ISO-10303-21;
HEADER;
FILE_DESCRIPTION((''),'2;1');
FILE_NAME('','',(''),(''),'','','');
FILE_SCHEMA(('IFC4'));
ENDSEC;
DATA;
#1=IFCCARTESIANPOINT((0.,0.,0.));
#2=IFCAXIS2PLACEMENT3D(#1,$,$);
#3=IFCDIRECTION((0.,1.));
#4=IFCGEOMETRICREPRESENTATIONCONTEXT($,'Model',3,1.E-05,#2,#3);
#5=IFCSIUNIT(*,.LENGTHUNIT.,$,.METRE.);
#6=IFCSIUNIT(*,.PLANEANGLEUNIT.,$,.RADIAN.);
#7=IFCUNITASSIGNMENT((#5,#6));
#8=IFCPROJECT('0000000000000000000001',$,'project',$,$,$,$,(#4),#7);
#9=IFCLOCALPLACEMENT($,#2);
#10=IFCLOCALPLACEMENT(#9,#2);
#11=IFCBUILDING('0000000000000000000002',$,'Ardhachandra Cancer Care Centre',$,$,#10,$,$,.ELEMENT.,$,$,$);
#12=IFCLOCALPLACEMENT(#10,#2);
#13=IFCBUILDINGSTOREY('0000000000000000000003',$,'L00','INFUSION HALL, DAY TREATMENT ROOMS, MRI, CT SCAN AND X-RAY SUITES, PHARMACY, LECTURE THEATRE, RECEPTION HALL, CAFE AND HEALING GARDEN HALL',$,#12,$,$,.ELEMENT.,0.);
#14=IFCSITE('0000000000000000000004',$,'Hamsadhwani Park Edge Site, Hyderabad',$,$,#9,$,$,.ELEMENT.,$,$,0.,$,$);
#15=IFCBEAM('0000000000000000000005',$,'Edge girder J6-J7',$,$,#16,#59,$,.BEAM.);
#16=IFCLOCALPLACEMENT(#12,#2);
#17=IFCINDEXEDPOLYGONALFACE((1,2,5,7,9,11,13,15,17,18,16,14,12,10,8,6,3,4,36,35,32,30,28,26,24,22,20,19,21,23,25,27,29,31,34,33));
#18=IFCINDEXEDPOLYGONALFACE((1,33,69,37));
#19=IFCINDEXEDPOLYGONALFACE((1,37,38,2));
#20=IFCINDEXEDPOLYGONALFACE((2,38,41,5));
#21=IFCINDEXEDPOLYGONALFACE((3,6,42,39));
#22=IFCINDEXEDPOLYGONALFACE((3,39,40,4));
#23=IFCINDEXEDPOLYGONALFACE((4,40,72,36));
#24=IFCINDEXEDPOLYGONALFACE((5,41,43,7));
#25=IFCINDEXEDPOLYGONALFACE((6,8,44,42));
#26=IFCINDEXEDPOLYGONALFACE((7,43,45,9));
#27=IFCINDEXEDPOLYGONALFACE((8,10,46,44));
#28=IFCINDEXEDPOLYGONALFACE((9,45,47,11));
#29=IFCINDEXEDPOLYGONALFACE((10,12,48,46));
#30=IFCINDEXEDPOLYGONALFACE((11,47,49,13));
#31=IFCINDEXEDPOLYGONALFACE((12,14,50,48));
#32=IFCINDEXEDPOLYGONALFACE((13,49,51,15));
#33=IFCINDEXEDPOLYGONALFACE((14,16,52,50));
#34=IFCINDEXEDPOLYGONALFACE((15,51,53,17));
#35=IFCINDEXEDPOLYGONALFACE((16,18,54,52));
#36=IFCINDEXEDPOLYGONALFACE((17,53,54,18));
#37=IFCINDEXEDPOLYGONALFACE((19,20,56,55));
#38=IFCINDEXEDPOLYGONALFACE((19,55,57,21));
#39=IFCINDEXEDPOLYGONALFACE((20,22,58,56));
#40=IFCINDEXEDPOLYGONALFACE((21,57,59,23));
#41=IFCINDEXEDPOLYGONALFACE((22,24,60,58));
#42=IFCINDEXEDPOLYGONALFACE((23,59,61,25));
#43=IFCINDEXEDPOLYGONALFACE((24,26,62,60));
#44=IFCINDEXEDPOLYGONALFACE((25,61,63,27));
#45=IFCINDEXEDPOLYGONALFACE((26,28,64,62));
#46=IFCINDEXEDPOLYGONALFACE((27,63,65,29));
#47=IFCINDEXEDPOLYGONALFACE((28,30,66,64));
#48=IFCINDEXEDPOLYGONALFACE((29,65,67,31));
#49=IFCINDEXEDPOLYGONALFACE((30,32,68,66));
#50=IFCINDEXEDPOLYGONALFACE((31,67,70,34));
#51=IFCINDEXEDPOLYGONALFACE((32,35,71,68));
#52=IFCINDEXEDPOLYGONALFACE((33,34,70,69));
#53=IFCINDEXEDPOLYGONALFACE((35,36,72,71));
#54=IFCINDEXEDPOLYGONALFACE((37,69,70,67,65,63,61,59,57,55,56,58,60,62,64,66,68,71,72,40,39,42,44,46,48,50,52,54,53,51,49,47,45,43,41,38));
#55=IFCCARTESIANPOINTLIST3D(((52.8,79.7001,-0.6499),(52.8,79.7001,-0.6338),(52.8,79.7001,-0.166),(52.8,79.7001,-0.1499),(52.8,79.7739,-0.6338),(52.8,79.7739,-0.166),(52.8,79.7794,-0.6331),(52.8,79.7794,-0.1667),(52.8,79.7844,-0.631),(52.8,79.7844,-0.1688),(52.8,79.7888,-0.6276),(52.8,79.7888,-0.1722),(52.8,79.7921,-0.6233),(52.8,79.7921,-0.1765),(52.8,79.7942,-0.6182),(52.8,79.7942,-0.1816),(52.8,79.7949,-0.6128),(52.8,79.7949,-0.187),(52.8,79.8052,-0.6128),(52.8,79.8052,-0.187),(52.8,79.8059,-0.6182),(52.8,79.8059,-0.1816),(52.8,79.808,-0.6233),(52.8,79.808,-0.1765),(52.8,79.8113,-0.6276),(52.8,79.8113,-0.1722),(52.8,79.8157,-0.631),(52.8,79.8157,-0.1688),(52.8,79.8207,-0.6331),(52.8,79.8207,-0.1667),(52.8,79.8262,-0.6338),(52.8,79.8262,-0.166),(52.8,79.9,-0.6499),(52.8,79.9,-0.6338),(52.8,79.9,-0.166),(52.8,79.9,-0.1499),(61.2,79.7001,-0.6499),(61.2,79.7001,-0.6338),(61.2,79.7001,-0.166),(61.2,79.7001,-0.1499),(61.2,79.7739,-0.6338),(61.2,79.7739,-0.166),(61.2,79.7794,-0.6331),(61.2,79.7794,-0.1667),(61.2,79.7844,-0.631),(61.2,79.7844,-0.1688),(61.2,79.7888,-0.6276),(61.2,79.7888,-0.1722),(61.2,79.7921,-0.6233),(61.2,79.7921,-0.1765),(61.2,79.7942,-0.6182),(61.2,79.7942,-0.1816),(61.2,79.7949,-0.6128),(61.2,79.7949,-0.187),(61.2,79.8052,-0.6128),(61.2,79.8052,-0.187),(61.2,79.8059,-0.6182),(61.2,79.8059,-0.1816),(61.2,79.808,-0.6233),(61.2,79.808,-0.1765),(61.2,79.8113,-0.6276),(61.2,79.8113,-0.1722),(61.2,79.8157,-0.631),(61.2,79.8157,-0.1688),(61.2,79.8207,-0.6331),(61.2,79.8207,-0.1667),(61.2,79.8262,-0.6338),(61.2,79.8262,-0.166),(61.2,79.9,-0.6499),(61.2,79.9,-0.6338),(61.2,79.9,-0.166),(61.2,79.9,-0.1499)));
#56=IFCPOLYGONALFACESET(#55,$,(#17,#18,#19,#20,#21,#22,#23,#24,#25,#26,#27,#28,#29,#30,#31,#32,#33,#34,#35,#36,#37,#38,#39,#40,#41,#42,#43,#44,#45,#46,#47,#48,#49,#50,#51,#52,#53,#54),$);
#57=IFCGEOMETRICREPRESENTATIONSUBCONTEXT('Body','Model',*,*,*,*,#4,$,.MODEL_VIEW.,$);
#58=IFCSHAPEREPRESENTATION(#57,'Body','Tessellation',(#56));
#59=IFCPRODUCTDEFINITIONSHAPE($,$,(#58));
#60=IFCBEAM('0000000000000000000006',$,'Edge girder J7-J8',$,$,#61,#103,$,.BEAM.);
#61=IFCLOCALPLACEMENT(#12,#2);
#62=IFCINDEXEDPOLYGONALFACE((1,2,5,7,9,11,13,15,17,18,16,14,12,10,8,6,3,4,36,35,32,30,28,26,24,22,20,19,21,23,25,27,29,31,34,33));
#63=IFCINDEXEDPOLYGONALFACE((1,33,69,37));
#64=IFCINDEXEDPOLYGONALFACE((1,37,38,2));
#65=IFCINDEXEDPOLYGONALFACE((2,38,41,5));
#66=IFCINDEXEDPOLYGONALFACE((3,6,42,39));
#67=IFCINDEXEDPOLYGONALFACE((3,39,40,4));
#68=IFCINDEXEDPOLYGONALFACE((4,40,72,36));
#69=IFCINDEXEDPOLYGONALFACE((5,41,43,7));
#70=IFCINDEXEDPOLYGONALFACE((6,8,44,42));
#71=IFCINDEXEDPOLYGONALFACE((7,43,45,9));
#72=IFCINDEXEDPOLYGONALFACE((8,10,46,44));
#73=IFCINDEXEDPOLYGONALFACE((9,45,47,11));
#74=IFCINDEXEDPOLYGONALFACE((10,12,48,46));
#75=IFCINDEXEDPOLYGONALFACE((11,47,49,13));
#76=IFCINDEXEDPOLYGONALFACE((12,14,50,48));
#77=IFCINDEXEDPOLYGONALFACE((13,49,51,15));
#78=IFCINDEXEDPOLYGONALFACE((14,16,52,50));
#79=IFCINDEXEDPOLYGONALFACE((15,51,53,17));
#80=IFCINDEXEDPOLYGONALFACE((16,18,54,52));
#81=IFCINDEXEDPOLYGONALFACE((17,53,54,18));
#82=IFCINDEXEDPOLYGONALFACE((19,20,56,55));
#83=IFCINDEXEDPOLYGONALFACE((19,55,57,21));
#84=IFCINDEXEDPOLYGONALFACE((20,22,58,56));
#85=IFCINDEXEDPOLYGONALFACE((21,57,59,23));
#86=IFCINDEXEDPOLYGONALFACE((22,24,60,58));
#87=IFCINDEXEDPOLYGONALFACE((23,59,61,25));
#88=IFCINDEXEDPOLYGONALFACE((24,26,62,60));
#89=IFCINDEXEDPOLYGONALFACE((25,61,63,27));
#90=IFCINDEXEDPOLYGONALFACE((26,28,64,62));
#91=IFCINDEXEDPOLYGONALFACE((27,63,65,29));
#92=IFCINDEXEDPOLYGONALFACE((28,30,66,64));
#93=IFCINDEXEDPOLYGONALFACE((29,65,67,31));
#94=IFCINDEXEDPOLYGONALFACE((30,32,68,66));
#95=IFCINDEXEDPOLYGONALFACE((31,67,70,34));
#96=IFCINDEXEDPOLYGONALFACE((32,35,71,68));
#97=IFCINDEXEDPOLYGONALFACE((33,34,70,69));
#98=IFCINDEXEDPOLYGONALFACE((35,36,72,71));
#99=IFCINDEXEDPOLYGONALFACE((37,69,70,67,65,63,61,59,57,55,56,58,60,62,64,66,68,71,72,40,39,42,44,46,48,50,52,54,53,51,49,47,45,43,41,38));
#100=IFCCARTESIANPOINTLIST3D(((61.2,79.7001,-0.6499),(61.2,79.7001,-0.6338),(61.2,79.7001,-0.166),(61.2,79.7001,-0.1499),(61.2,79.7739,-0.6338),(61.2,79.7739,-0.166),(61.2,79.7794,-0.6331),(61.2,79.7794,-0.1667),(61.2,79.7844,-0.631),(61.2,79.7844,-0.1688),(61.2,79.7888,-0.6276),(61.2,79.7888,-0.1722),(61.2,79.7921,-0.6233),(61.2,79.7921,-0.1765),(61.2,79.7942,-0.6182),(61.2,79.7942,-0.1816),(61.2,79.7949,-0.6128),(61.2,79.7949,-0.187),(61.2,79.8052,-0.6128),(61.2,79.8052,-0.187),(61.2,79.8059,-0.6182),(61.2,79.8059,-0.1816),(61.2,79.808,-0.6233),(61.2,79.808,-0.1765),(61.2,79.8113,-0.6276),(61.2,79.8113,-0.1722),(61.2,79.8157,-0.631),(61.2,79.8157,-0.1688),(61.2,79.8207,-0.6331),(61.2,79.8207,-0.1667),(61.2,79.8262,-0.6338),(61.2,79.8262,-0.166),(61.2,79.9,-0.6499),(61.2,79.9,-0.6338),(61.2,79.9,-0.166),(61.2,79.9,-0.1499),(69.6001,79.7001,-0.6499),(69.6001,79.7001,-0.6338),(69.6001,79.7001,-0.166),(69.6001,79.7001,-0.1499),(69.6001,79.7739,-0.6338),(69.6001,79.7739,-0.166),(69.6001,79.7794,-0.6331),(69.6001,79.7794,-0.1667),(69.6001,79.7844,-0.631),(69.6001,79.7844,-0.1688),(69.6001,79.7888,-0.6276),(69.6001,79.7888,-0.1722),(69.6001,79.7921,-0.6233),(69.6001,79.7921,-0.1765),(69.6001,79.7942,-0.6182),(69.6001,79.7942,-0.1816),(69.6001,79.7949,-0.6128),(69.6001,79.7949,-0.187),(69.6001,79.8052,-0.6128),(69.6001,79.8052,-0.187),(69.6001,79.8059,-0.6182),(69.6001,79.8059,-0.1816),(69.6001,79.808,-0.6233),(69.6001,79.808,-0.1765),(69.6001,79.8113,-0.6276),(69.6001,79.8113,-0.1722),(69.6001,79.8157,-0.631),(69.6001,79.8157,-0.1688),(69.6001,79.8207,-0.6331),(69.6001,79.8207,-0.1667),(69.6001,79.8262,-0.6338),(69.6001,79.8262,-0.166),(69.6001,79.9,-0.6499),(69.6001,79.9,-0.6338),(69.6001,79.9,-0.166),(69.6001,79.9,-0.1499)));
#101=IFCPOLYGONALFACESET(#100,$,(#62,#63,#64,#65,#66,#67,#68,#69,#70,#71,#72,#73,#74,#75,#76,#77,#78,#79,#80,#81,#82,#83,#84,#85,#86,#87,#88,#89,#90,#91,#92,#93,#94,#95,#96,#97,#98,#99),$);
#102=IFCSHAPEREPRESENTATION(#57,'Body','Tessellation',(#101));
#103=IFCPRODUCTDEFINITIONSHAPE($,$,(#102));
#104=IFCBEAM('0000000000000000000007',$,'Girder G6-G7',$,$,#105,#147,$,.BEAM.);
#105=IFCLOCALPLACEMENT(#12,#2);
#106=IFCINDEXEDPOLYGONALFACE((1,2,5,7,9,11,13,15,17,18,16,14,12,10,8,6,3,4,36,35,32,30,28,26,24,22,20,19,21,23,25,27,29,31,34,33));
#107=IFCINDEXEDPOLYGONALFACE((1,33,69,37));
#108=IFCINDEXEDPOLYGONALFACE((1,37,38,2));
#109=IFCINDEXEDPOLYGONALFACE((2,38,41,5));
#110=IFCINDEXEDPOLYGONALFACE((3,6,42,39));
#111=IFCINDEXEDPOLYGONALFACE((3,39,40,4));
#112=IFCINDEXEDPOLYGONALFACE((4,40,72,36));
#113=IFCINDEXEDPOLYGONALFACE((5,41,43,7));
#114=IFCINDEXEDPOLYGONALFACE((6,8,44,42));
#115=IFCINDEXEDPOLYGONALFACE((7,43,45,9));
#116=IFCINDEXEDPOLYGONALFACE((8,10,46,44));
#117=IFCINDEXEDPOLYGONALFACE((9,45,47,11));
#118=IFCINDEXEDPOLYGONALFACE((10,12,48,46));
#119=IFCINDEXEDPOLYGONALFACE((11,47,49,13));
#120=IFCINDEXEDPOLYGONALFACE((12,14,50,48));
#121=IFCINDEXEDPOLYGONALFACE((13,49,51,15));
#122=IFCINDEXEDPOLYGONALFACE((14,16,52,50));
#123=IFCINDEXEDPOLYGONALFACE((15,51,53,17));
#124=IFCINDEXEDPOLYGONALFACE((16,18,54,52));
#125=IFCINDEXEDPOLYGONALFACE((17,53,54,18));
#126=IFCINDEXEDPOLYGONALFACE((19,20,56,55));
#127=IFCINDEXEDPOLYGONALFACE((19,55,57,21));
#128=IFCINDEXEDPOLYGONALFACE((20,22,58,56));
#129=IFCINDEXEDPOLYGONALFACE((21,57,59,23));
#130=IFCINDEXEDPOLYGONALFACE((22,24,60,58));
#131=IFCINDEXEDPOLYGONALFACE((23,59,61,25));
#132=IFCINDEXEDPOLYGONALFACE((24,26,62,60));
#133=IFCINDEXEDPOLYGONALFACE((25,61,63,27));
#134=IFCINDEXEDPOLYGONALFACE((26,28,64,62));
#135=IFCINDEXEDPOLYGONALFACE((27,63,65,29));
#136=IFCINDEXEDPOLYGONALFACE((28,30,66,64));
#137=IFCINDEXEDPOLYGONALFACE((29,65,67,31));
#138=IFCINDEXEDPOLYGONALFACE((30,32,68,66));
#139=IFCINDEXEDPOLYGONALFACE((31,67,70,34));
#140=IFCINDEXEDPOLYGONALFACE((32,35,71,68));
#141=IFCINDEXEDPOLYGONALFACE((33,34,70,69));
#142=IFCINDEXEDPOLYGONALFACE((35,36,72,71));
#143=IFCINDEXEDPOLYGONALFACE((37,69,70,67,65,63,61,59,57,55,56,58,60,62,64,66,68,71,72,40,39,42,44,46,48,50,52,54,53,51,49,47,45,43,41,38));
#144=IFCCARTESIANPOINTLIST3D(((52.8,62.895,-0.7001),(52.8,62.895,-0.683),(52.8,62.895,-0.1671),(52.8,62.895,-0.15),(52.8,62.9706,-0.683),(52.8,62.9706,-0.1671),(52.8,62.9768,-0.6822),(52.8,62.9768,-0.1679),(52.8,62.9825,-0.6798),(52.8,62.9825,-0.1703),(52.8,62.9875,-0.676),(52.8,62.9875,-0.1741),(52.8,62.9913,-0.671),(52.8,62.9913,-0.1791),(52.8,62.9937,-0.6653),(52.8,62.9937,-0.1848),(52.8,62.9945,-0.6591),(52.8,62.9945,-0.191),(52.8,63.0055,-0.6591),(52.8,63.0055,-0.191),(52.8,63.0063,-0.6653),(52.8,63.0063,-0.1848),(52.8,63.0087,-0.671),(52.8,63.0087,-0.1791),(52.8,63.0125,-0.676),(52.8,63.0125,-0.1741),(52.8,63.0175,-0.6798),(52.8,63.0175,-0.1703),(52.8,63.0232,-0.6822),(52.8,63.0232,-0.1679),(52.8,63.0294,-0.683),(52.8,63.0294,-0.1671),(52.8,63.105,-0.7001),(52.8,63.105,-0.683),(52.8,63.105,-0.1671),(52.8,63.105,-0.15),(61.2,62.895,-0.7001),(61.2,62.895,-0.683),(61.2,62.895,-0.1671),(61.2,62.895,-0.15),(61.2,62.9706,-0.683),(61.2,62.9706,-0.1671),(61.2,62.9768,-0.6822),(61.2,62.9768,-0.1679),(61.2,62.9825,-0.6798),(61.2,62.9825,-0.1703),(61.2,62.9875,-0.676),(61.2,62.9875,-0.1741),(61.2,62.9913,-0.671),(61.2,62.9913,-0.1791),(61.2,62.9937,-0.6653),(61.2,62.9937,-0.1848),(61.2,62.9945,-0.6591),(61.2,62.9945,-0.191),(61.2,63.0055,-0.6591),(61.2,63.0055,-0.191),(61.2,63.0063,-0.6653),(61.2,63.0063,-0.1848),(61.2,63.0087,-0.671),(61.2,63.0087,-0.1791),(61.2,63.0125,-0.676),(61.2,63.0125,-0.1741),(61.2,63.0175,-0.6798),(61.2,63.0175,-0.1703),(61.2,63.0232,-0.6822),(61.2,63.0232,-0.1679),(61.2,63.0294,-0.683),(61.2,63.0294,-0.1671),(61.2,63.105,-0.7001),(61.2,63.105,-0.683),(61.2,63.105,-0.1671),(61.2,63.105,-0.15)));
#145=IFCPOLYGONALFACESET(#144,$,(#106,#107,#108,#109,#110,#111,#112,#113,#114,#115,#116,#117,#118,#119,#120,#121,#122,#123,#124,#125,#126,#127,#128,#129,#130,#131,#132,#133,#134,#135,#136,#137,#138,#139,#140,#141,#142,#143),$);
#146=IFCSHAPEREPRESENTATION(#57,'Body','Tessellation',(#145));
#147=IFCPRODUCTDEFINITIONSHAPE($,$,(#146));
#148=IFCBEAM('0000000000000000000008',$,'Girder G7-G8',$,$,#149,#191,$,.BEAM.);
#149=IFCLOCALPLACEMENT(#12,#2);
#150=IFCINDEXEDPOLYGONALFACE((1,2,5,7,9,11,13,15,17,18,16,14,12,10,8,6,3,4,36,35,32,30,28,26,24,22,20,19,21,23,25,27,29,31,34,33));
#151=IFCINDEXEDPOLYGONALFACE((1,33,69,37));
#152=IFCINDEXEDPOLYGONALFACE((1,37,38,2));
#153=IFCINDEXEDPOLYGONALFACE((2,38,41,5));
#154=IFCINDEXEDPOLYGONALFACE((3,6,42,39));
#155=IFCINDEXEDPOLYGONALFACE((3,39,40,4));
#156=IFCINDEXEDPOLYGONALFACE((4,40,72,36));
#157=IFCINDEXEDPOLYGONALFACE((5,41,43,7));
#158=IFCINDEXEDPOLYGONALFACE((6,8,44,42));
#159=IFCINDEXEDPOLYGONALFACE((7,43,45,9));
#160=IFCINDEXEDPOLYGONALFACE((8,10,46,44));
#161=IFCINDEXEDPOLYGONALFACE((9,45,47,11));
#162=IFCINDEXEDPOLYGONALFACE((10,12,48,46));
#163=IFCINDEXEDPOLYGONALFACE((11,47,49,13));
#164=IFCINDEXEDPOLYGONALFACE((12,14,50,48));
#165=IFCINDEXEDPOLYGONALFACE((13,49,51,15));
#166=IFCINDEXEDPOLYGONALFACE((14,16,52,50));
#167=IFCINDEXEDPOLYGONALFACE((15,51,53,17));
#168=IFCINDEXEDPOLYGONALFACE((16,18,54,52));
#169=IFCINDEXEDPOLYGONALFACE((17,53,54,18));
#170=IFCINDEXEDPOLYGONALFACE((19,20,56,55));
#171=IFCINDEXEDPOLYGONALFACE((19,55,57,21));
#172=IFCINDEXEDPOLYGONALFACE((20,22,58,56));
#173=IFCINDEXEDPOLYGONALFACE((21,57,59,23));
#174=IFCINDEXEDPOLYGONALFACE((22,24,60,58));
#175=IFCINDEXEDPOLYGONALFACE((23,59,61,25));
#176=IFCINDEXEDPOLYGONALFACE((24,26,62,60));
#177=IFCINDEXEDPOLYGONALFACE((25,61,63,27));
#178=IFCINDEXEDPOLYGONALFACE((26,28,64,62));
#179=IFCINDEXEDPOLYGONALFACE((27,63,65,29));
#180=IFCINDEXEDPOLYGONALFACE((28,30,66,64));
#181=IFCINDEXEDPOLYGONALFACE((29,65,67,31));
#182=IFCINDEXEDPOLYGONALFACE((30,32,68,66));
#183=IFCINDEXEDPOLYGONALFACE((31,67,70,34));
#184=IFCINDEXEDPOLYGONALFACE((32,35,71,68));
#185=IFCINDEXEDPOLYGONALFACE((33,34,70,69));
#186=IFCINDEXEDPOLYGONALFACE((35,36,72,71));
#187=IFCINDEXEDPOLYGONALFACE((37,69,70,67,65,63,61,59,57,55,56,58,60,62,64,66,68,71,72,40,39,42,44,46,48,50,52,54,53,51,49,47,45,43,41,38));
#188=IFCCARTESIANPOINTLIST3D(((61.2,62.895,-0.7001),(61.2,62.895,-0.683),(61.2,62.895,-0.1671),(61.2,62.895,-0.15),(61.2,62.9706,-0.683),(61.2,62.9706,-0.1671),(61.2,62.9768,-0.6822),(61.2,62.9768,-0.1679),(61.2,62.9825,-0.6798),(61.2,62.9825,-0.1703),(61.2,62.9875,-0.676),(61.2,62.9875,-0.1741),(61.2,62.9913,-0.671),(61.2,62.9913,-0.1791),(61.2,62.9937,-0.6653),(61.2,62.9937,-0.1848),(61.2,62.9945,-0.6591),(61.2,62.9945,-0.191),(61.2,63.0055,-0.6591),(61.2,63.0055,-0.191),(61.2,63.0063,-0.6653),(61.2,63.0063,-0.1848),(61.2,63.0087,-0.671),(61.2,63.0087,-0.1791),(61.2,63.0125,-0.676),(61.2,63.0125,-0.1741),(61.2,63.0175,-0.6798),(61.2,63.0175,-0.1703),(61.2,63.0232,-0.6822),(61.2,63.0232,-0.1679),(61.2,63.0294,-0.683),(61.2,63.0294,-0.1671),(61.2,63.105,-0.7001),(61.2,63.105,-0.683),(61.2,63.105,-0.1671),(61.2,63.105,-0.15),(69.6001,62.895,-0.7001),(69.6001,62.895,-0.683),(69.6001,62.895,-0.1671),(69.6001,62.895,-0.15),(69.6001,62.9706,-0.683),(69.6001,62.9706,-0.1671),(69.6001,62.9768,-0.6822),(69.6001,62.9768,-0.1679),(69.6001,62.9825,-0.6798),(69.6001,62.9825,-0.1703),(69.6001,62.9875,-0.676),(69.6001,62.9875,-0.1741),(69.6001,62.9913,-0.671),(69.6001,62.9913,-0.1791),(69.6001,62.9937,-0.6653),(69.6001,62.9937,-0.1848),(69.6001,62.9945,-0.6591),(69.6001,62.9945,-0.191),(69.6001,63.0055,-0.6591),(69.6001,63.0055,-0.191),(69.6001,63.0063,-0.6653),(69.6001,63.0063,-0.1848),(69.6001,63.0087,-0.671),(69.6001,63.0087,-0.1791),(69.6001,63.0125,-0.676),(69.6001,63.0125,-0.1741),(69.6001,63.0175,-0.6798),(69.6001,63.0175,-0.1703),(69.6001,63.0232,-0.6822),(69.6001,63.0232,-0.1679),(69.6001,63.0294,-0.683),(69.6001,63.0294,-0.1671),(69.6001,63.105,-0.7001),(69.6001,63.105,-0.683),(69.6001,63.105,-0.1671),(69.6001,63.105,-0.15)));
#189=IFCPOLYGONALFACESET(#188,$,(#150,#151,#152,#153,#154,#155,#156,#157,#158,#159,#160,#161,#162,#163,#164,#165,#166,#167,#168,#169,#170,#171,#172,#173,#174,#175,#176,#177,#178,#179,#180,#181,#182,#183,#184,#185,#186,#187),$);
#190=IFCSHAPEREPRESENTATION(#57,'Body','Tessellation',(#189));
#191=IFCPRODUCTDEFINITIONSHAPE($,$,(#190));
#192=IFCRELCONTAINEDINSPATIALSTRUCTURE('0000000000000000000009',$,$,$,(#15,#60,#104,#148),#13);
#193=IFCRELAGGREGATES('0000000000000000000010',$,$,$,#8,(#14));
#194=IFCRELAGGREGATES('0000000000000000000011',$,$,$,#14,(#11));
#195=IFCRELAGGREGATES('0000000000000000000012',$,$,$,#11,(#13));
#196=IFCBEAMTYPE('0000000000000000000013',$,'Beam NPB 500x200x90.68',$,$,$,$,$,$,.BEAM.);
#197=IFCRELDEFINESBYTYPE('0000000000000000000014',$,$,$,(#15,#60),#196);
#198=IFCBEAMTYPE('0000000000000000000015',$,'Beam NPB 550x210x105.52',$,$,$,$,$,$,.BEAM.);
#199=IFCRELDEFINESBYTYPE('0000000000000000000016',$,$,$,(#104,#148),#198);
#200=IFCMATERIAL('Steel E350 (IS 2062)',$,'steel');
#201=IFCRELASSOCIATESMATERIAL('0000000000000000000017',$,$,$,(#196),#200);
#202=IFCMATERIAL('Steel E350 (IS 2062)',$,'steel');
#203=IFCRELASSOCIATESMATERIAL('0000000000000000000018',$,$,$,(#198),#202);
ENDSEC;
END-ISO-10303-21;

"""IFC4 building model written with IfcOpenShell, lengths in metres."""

from ifc_helpers import new_model, si_unit, direction, frame, origin, origin_2d, place, context, subcontext, project, spatial, i_section, extrude, material, material_profile, profile_set, type_object, element, save


model = new_model("IFC4")

# Units and contexts
model_context = context("Model", 3, precision=1e-05, world=origin(), true_north=direction((0.0, 1.0)))
body_context = subcontext(model_context, "Body", "Model", "MODEL_VIEW")
ifc_project = project(units=[si_unit("LENGTHUNIT", "METRE"), si_unit("PLANEANGLEUNIT", "RADIAN")], contexts=[model_context])

# Site, building, storey
site_placement = place(None, origin())
site = spatial("IfcSite", under=ifc_project, at=site_placement, Name="Hamsadhwani Park Edge Site, Hyderabad", CompositionType="ELEMENT", RefElevation=0.0)
building_placement = place(site_placement, origin())
building = spatial("IfcBuilding", under=site, at=building_placement, Name="Ardhachandra Cancer Care Centre", CompositionType="ELEMENT")
storey_placement = place(building_placement, origin())
storey = spatial("IfcBuildingStorey", under=building, at=storey_placement, Name="L00", Description="INFUSION HALL, DAY TREATMENT ROOMS, MRI, CT SCAN AND X-RAY SUITES, PHARMACY, LECTURE THEATRE, RECEPTION HALL, CAFE AND HEALING GARDEN HALL", CompositionType="ELEMENT", Elevation=0.0)

# Beams
ifc_material_1 = material(Name="Steel E350 (IS 2062)", Category="steel")
ifc_material_profile_1 = material_profile(ifc_material_1, i_section(OverallWidth=0.2, OverallDepth=0.5, WebThickness=0.0103, FlangeThickness=0.0161, FilletRadius=0.021, at=origin_2d()), Name="NPB 500x200x90.68")
ifc_profile_set_1 = profile_set([ifc_material_profile_1], Name="Steel E350 (IS 2062)")
beam_type_1 = type_object("IfcBeamType", Name="Beam NPB 500x200x90.68", PredefinedType="BEAM", material=ifc_profile_set_1)
beam_1_placement = place(storey_placement, frame((52.8, 79.8, -0.3999), z_axis=(1.0, 0.0, 0.0), x_axis=(0.0, 1.0, 0.0)))
element("IfcBeam", 1, at=beam_1_placement, inside=storey, type_object=beam_type_1, Name="Edge girder J6-J7", PredefinedType="BEAM", context=body_context, shape_type="SweptSolid", body=[
    extrude(i_section(OverallWidth=0.2, OverallDepth=0.5, WebThickness=0.0103, FlangeThickness=0.0161, FilletRadius=0.021, at=origin_2d()), origin(), (0.0, 0.0, 1.0), 8.3999),
])
beam_2_placement = place(storey_placement, frame((61.2, 79.8, -0.3999), z_axis=(1.0, 0.0, 0.0), x_axis=(0.0, 1.0, 0.0)))
element("IfcBeam", 2, at=beam_2_placement, inside=storey, type_object=beam_type_1, Name="Edge girder J7-J8", PredefinedType="BEAM", context=body_context, shape_type="SweptSolid", body=[
    extrude(i_section(OverallWidth=0.2, OverallDepth=0.5, WebThickness=0.0103, FlangeThickness=0.0161, FilletRadius=0.021, at=origin_2d()), origin(), (0.0, 0.0, 1.0), 8.4001),
])
ifc_material_2 = material(Name="Steel E350 (IS 2062)", Category="steel")
ifc_material_profile_2 = material_profile(ifc_material_2, i_section(OverallWidth=0.21, OverallDepth=0.55, WebThickness=0.011, FlangeThickness=0.0171, FilletRadius=0.0239, at=origin_2d()), Name="NPB 550x210x105.52")
ifc_profile_set_2 = profile_set([ifc_material_profile_2], Name="Steel E350 (IS 2062)")
beam_type_2 = type_object("IfcBeamType", Name="Beam NPB 550x210x105.52", PredefinedType="BEAM", material=ifc_profile_set_2)
beam_3_placement = place(storey_placement, frame((52.8, 63.0, -0.425), z_axis=(1.0, 0.0, 0.0), x_axis=(0.0, 1.0, 0.0)))
element("IfcBeam", 3, at=beam_3_placement, inside=storey, type_object=beam_type_2, Name="Girder G6-G7", PredefinedType="BEAM", context=body_context, shape_type="SweptSolid", body=[
    extrude(i_section(OverallWidth=0.21, OverallDepth=0.55, WebThickness=0.011, FlangeThickness=0.0171, FilletRadius=0.0239, at=origin_2d()), origin(), (0.0, 0.0, 1.0), 8.3999),
])
beam_4_placement = place(storey_placement, frame((61.2, 63.0, -0.425), z_axis=(1.0, 0.0, 0.0), x_axis=(0.0, 1.0, 0.0)))
element("IfcBeam", 4, at=beam_4_placement, inside=storey, type_object=beam_type_2, Name="Girder G7-G8", PredefinedType="BEAM", context=body_context, shape_type="SweptSolid", body=[
    extrude(i_section(OverallWidth=0.21, OverallDepth=0.55, WebThickness=0.011, FlangeThickness=0.0171, FilletRadius=0.0239, at=origin_2d()), origin(), (0.0, 0.0, 1.0), 8.4001),
])

save(model, "model.ifc")
